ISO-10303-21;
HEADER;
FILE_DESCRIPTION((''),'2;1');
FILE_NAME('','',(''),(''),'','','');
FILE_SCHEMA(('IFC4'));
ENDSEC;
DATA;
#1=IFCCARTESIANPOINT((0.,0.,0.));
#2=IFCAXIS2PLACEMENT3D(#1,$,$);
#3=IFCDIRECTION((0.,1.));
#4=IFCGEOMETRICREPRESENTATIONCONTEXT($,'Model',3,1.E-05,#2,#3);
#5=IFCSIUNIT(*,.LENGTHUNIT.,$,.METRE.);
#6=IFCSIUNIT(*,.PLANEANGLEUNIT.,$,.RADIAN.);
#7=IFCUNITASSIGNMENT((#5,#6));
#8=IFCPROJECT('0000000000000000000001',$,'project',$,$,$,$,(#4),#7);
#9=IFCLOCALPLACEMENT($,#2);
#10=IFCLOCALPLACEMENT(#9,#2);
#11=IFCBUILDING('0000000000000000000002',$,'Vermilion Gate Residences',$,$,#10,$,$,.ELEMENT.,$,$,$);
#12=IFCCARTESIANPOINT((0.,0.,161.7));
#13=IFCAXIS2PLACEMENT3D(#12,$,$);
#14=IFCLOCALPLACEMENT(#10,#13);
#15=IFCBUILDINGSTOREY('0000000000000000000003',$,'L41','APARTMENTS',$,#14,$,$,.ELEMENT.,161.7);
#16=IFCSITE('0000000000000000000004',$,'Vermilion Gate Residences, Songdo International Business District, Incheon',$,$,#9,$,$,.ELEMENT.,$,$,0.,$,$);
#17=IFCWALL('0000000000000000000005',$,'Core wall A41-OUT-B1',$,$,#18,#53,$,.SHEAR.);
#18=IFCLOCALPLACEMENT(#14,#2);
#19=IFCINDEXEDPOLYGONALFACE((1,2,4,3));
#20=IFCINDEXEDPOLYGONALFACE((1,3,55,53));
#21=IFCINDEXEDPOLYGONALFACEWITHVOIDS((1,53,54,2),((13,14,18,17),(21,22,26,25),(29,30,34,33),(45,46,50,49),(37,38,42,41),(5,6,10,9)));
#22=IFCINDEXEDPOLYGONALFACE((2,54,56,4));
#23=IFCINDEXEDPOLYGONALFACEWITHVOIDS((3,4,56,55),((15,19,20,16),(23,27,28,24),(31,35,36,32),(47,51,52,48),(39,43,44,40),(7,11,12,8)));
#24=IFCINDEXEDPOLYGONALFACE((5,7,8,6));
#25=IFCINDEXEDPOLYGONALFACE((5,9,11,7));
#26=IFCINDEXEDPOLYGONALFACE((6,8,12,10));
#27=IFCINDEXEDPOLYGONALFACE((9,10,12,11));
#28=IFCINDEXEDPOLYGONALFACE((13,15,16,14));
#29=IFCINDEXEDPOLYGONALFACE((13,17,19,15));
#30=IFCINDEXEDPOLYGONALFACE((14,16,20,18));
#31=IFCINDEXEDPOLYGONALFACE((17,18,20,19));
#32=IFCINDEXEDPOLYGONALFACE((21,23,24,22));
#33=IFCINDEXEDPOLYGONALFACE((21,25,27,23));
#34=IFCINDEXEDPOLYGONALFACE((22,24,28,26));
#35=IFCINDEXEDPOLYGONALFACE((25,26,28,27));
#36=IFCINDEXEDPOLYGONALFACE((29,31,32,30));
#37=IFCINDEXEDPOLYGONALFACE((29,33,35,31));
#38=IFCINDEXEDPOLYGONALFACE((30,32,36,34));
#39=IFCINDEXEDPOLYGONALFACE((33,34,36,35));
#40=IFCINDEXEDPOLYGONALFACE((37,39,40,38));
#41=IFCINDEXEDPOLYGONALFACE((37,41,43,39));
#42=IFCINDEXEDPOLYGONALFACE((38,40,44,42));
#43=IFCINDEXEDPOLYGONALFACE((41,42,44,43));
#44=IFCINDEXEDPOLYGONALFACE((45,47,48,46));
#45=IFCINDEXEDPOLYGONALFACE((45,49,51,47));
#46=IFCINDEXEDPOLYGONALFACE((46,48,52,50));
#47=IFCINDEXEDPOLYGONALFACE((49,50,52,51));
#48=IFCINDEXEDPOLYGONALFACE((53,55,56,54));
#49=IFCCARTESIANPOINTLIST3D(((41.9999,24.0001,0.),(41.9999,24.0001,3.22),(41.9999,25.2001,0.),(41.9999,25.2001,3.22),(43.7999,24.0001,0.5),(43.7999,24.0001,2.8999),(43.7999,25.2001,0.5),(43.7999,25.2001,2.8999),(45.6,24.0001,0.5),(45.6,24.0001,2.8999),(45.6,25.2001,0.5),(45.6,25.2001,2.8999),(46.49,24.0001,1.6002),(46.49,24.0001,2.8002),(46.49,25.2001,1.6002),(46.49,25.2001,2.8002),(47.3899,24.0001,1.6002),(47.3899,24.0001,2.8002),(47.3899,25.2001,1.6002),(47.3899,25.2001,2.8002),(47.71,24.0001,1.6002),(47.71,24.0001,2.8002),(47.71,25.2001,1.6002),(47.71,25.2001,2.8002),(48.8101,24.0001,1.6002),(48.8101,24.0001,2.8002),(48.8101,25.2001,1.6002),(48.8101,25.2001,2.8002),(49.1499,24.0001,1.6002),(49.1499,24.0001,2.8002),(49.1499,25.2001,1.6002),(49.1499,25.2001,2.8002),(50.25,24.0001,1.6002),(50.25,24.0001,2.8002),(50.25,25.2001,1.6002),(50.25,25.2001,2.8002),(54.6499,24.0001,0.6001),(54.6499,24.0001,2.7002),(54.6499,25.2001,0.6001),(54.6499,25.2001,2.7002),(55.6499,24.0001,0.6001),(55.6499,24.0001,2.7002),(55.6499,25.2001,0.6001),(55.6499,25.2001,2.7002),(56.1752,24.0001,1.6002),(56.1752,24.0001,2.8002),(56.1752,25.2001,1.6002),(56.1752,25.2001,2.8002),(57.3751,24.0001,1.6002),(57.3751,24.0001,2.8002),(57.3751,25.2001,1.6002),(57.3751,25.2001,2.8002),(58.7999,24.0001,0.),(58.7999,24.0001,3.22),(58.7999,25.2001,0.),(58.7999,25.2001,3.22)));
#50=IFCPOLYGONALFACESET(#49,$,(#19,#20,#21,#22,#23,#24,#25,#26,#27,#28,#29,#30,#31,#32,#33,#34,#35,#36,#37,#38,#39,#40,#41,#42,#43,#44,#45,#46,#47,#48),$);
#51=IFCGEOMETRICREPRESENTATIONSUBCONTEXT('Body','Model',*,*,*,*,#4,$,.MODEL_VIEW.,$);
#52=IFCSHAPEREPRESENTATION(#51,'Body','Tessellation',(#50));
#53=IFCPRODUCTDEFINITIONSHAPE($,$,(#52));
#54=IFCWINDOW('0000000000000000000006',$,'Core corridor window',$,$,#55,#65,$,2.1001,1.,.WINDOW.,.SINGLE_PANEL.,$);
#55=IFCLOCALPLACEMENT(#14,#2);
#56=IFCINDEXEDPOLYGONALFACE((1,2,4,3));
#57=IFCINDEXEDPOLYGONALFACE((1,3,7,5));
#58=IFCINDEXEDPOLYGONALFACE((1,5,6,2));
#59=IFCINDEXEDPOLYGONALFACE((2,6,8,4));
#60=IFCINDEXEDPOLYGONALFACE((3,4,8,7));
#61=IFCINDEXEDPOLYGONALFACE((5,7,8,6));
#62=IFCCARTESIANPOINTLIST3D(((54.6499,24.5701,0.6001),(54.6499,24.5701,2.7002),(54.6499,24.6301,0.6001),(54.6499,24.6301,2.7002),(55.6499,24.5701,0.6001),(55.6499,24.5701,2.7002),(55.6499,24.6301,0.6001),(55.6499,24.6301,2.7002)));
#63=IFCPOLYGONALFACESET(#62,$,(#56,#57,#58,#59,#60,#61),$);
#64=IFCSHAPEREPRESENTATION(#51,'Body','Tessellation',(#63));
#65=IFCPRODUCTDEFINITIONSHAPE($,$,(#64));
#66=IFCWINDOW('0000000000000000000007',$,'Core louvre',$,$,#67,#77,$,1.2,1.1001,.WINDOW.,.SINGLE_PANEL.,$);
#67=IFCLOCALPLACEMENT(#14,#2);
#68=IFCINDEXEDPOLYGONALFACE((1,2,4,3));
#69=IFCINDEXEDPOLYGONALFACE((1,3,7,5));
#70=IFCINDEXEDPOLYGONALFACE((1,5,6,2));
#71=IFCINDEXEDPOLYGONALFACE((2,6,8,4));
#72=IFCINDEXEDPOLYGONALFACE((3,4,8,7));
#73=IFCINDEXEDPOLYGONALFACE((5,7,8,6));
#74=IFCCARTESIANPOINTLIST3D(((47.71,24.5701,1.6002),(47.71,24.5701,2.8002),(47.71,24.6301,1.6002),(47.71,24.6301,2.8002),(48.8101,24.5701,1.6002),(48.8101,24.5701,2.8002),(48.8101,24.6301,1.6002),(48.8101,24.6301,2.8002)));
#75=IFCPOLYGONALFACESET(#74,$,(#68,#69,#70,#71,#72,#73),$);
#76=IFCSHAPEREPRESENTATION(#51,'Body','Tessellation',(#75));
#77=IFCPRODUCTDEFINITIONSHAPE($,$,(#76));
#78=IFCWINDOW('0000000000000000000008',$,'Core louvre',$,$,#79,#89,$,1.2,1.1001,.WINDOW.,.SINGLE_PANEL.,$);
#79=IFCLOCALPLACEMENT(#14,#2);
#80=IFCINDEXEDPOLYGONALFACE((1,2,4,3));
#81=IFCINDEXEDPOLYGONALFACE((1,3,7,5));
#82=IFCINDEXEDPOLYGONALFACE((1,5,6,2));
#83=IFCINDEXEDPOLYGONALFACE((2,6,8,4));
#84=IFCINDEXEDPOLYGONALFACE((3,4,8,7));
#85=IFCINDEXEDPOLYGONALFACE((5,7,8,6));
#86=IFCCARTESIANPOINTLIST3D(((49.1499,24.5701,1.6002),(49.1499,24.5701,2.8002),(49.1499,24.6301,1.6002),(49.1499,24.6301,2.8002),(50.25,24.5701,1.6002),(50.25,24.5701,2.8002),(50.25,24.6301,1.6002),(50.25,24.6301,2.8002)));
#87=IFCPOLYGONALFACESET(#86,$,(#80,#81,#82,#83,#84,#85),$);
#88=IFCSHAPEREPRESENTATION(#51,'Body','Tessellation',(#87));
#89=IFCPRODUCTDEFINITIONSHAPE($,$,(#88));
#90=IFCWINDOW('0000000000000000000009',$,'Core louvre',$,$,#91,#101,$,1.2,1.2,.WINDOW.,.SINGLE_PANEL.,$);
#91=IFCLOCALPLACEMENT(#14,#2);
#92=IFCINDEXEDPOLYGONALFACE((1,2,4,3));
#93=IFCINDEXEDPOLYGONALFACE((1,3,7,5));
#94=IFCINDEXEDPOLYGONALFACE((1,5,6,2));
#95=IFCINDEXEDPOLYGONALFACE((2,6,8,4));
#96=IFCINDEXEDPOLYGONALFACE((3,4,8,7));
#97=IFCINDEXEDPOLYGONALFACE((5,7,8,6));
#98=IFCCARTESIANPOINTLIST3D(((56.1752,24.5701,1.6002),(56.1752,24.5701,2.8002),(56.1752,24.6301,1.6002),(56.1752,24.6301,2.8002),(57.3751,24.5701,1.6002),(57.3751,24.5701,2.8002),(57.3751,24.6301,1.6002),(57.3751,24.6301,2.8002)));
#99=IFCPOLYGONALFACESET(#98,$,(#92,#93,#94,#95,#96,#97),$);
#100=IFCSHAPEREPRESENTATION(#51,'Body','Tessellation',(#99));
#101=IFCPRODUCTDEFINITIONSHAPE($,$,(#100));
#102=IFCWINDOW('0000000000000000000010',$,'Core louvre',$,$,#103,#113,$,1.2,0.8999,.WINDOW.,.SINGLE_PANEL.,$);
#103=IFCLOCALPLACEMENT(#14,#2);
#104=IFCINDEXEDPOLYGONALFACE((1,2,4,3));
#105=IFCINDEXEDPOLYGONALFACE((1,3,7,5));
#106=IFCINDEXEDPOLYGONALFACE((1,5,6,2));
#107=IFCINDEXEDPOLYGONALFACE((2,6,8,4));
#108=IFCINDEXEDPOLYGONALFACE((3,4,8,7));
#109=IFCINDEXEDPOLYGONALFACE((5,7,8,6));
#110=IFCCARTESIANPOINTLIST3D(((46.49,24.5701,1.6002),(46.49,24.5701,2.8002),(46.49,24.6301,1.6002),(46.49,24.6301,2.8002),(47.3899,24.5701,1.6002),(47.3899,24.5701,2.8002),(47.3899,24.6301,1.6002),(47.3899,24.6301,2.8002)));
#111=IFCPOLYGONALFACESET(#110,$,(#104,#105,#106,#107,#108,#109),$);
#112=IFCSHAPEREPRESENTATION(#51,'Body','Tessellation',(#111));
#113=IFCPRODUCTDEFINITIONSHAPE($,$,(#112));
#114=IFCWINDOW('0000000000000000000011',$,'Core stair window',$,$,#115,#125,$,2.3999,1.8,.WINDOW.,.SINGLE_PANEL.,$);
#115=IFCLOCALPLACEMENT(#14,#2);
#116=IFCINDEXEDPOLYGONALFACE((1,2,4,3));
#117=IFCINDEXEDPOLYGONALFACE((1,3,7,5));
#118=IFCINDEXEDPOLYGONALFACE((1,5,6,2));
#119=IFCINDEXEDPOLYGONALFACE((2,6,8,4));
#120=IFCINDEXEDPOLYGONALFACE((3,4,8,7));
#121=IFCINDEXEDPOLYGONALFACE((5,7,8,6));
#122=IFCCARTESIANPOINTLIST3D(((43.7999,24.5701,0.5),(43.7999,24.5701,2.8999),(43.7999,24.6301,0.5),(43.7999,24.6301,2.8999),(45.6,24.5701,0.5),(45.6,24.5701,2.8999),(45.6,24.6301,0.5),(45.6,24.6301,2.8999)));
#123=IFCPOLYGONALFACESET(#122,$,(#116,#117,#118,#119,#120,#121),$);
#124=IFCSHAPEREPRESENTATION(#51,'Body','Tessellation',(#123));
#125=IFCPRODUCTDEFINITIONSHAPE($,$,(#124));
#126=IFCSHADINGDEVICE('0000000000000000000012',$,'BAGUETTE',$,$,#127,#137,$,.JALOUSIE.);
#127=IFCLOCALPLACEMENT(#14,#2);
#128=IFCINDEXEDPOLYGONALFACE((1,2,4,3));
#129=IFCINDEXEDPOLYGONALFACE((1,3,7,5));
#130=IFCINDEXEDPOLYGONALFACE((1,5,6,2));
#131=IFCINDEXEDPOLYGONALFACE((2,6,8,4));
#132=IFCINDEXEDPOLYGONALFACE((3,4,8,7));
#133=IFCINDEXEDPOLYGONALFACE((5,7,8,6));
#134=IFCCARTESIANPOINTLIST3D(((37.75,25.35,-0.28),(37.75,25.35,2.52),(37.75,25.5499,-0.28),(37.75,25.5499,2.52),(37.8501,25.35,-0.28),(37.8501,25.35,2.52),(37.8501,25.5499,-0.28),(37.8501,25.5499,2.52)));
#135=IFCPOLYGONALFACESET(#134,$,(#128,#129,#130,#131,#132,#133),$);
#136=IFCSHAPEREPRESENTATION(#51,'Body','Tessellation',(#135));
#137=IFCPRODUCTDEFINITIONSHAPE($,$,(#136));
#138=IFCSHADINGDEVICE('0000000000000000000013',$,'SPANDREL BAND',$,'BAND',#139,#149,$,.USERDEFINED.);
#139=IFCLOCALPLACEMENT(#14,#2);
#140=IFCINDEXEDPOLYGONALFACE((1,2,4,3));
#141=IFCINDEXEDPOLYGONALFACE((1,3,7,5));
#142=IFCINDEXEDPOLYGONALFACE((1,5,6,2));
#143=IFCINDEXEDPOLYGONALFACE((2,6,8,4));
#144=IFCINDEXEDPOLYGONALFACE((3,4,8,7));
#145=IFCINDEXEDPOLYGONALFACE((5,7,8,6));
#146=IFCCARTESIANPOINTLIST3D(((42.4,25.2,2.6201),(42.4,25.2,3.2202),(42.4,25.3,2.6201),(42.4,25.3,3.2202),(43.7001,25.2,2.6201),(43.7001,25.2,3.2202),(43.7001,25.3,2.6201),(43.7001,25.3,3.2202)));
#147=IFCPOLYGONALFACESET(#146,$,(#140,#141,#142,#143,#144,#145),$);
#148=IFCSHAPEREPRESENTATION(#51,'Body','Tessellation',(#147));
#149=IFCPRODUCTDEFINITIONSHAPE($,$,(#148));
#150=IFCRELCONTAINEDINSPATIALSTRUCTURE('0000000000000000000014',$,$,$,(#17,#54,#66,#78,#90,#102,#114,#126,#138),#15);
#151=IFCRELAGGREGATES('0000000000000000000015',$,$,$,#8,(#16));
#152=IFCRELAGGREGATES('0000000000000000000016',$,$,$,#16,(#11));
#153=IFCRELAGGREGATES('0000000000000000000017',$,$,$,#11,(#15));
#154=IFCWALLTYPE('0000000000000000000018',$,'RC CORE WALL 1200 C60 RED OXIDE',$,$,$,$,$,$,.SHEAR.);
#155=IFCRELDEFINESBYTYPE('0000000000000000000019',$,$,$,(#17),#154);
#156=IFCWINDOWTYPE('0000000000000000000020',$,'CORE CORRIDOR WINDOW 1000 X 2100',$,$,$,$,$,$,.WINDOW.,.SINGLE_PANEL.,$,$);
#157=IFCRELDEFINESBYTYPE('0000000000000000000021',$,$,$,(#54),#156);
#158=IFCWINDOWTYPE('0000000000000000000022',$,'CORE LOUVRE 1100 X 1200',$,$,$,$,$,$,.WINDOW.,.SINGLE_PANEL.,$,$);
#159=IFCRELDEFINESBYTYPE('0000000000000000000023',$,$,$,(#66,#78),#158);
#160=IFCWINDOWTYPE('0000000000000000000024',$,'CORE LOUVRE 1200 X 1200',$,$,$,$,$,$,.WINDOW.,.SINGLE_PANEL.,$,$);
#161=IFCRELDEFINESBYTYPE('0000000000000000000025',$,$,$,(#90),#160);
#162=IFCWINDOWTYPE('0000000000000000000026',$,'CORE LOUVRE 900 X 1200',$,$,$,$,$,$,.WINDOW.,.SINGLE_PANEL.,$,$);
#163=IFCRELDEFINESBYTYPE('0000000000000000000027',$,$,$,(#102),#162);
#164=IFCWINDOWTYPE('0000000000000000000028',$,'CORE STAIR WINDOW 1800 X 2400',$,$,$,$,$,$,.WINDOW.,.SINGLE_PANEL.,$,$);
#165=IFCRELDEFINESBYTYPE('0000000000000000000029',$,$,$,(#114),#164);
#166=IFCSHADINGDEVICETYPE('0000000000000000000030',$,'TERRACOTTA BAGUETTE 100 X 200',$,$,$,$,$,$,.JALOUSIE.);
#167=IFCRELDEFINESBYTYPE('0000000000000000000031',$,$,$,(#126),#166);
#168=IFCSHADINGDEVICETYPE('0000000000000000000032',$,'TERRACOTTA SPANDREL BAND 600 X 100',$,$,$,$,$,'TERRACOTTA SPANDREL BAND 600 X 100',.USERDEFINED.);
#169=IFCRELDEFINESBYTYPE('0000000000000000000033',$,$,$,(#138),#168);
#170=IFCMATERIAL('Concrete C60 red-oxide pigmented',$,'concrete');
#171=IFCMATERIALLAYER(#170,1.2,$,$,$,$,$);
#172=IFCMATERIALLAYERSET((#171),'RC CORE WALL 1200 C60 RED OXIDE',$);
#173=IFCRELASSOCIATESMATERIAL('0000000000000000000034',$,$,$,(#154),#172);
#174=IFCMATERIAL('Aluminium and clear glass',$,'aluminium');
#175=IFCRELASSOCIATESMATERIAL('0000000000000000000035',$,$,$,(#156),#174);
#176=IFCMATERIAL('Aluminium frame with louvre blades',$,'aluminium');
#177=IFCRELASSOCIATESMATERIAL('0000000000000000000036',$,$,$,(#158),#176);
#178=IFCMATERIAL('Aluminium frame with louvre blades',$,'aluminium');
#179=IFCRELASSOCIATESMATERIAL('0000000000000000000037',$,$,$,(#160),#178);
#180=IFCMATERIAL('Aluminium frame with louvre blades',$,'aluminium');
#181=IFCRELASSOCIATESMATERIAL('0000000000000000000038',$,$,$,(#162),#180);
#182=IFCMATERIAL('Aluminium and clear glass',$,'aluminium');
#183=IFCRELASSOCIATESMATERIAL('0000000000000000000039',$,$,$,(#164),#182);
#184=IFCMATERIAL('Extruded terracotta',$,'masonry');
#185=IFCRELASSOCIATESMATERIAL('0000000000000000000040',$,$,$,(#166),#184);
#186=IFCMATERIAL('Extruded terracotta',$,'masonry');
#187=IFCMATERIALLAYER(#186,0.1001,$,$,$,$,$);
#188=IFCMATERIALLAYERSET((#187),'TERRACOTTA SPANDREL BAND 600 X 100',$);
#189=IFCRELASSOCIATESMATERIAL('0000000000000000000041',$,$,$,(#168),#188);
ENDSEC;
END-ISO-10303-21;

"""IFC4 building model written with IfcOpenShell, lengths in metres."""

from ifc_helpers import new_model, si_unit, direction, frame, frame_2d, origin, origin_2d, place, context, subcontext, project, spatial, rectangle, extrude, material, layer, layer_set, material_profile, profile_set, type_object, element, fill, save


model = new_model("IFC4")

# Units and contexts
model_context = context("Model", 3, precision=1e-05, world=origin(), true_north=direction((0.0, 1.0)))
body_context = subcontext(model_context, "Body", "Model", "MODEL_VIEW")
ifc_project = project(units=[si_unit("LENGTHUNIT", "METRE"), si_unit("PLANEANGLEUNIT", "RADIAN")], contexts=[model_context])

# Site, building, storey
site_placement = place(None, origin())
site = spatial("IfcSite", under=ifc_project, at=site_placement, Name="Vermilion Gate Residences, Songdo International Business District, Incheon", CompositionType="ELEMENT", RefElevation=0.0)
building_placement = place(site_placement, origin())
building = spatial("IfcBuilding", under=site, at=building_placement, Name="Vermilion Gate Residences", CompositionType="ELEMENT")
storey_placement = place(building_placement, frame((0.0, 0.0, 161.7)))
storey = spatial("IfcBuildingStorey", under=building, at=storey_placement, Name="L41", Description="APARTMENTS", CompositionType="ELEMENT", Elevation=161.7)

# Wall, openings, windows
ifc_material_1 = material(Name="Concrete C60 red-oxide pigmented", Category="concrete")
ifc_layer_1 = layer(ifc_material_1, 1.2)
ifc_layer_set_1 = layer_set([ifc_layer_1], Name="RC CORE WALL 1200 C60 RED OXIDE")
wall_type_1 = type_object("IfcWallType", Name="RC CORE WALL 1200 C60 RED OXIDE", PredefinedType="SHEAR", material=ifc_layer_set_1)
wall_1_placement = place(storey_placement, frame((42.0, 24.6001, 0.0), z_axis=(0.0, 0.0, 1.0), x_axis=(1.0, 0.0, 0.0)))
wall_1 = element("IfcWall", 1, at=wall_1_placement, inside=storey, type_object=wall_type_1, Name="Core wall A41-OUT-B1", PredefinedType="SHEAR", context=body_context, shape_type="SweptSolid", body=[
    extrude(rectangle(XDim=16.8, YDim=1.2, at=frame_2d((8.3999, 0.0))), origin(), (0.0, 0.0, 1.0), 3.22),
])
opening_1_placement = place(wall_1_placement, frame((1.8, 0.0, 0.5)))
opening_1 = element("IfcOpeningElement", 2, at=opening_1_placement, cuts=wall_1, PredefinedType="OPENING", context=body_context, shape_type="SweptSolid", body=[
    extrude(rectangle(XDim=1.8, YDim=2.3999, at=frame_2d((0.8999, 1.2))), frame((0.0, 0.6099, 0.0), z_axis=(0.0, -1.0, 0.0), x_axis=(1.0, 0.0, 0.0)), (0.0, 0.0, 1.0), 1.22),
])
opening_2_placement = place(wall_1_placement, frame((4.49, 0.0, 1.6001)))
opening_2 = element("IfcOpeningElement", 3, at=opening_2_placement, cuts=wall_1, PredefinedType="OPENING", context=body_context, shape_type="SweptSolid", body=[
    extrude(rectangle(XDim=0.8999, YDim=1.2, at=frame_2d((0.45, 0.6001))), frame((0.0, 0.6099, 0.0), z_axis=(0.0, -1.0, 0.0), x_axis=(1.0, 0.0, 0.0)), (0.0, 0.0, 1.0), 1.22),
])
opening_3_placement = place(wall_1_placement, frame((5.71, 0.0, 1.6001)))
opening_3 = element("IfcOpeningElement", 4, at=opening_3_placement, cuts=wall_1, PredefinedType="OPENING", context=body_context, shape_type="SweptSolid", body=[
    extrude(rectangle(XDim=1.1001, YDim=1.2, at=frame_2d((0.55, 0.6001))), frame((0.0, 0.6099, 0.0), z_axis=(0.0, -1.0, 0.0), x_axis=(1.0, 0.0, 0.0)), (0.0, 0.0, 1.0), 1.22),
])
opening_4_placement = place(wall_1_placement, frame((7.1499, 0.0, 1.6001)))
opening_4 = element("IfcOpeningElement", 5, at=opening_4_placement, cuts=wall_1, PredefinedType="OPENING", context=body_context, shape_type="SweptSolid", body=[
    extrude(rectangle(XDim=1.1001, YDim=1.2, at=frame_2d((0.55, 0.6001))), frame((0.0, 0.6099, 0.0), z_axis=(0.0, -1.0, 0.0), x_axis=(1.0, 0.0, 0.0)), (0.0, 0.0, 1.0), 1.22),
])
opening_5_placement = place(wall_1_placement, frame((12.6499, 0.0, 0.6001)))
opening_5 = element("IfcOpeningElement", 6, at=opening_5_placement, cuts=wall_1, PredefinedType="OPENING", context=body_context, shape_type="SweptSolid", body=[
    extrude(rectangle(XDim=1.0, YDim=2.1001, at=frame_2d((0.5, 1.05))), frame((0.0, 0.6099, 0.0), z_axis=(0.0, -1.0, 0.0), x_axis=(1.0, 0.0, 0.0)), (0.0, 0.0, 1.0), 1.22),
])
opening_6_placement = place(wall_1_placement, frame((14.175, 0.0, 1.6001)))
opening_6 = element("IfcOpeningElement", 7, at=opening_6_placement, cuts=wall_1, PredefinedType="OPENING", context=body_context, shape_type="SweptSolid", body=[
    extrude(rectangle(XDim=1.2, YDim=1.2, at=frame_2d((0.6001, 0.6001))), frame((0.0, 0.6099, 0.0), z_axis=(0.0, -1.0, 0.0), x_axis=(1.0, 0.0, 0.0)), (0.0, 0.0, 1.0), 1.22),
])
ifc_material_2 = material(Name="Aluminium and clear glass", Category="aluminium")
window_type_1 = type_object("IfcWindowType", Name="CORE CORRIDOR WINDOW 1000 X 2100", PartitioningType="SINGLE_PANEL", PredefinedType="WINDOW", material=ifc_material_2)
window_1_placement = place(opening_5_placement, origin())
window_1 = element("IfcWindow", 8, at=window_1_placement, inside=storey, type_object=window_type_1, Name="Core corridor window", OverallHeight=2.1001, OverallWidth=1.0, PartitioningType="SINGLE_PANEL", PredefinedType="WINDOW", context=body_context, shape_type="SweptSolid", body=[
    extrude(rectangle(XDim=1.0, YDim=2.1001, at=frame_2d((0.5, 1.05))), frame((0.0, 0.03, 0.0), z_axis=(0.0, -1.0, 0.0), x_axis=(1.0, 0.0, 0.0)), (0.0, 0.0, 1.0), 0.0601),
])
fill(opening_5, window_1)
ifc_material_3 = material(Name="Aluminium frame with louvre blades", Category="aluminium")
window_type_2 = type_object("IfcWindowType", Name="CORE LOUVRE 1100 X 1200", PartitioningType="SINGLE_PANEL", PredefinedType="WINDOW", material=ifc_material_3)
window_2_placement = place(opening_3_placement, origin())
window_2 = element("IfcWindow", 9, at=window_2_placement, inside=storey, type_object=window_type_2, Name="Core louvre", OverallHeight=1.2, OverallWidth=1.1001, PartitioningType="SINGLE_PANEL", PredefinedType="WINDOW", context=body_context, shape_type="SweptSolid", body=[
    extrude(rectangle(XDim=1.1001, YDim=1.2, at=frame_2d((0.55, 0.6001))), frame((0.0, 0.03, 0.0), z_axis=(0.0, -1.0, 0.0), x_axis=(1.0, 0.0, 0.0)), (0.0, 0.0, 1.0), 0.0601),
])
fill(opening_3, window_2)
window_3_placement = place(opening_4_placement, origin())
window_3 = element("IfcWindow", 10, at=window_3_placement, inside=storey, type_object=window_type_2, Name="Core louvre", OverallHeight=1.2, OverallWidth=1.1001, PartitioningType="SINGLE_PANEL", PredefinedType="WINDOW", context=body_context, shape_type="SweptSolid", body=[
    extrude(rectangle(XDim=1.1001, YDim=1.2, at=frame_2d((0.55, 0.6001))), frame((0.0, 0.03, 0.0), z_axis=(0.0, -1.0, 0.0), x_axis=(1.0, 0.0, 0.0)), (0.0, 0.0, 1.0), 0.0601),
])
fill(opening_4, window_3)
ifc_material_4 = material(Name="Aluminium frame with louvre blades", Category="aluminium")
window_type_3 = type_object("IfcWindowType", Name="CORE LOUVRE 1200 X 1200", PartitioningType="SINGLE_PANEL", PredefinedType="WINDOW", material=ifc_material_4)
window_4_placement = place(opening_6_placement, origin())
window_4 = element("IfcWindow", 11, at=window_4_placement, inside=storey, type_object=window_type_3, Name="Core louvre", OverallHeight=1.2, OverallWidth=1.2, PartitioningType="SINGLE_PANEL", PredefinedType="WINDOW", context=body_context, shape_type="SweptSolid", body=[
    extrude(rectangle(XDim=1.2, YDim=1.2, at=frame_2d((0.6001, 0.6001))), frame((0.0, 0.03, 0.0), z_axis=(0.0, -1.0, 0.0), x_axis=(1.0, 0.0, 0.0)), (0.0, 0.0, 1.0), 0.0601),
])
fill(opening_6, window_4)
ifc_material_5 = material(Name="Aluminium frame with louvre blades", Category="aluminium")
window_type_4 = type_object("IfcWindowType", Name="CORE LOUVRE 900 X 1200", PartitioningType="SINGLE_PANEL", PredefinedType="WINDOW", material=ifc_material_5)
window_5_placement = place(opening_2_placement, origin())
window_5 = element("IfcWindow", 12, at=window_5_placement, inside=storey, type_object=window_type_4, Name="Core louvre", OverallHeight=1.2, OverallWidth=0.8999, PartitioningType="SINGLE_PANEL", PredefinedType="WINDOW", context=body_context, shape_type="SweptSolid", body=[
    extrude(rectangle(XDim=0.8999, YDim=1.2, at=frame_2d((0.45, 0.6001))), frame((0.0, 0.03, 0.0), z_axis=(0.0, -1.0, 0.0), x_axis=(1.0, 0.0, 0.0)), (0.0, 0.0, 1.0), 0.0601),
])
fill(opening_2, window_5)
ifc_material_6 = material(Name="Aluminium and clear glass", Category="aluminium")
window_type_5 = type_object("IfcWindowType", Name="CORE STAIR WINDOW 1800 X 2400", PartitioningType="SINGLE_PANEL", PredefinedType="WINDOW", material=ifc_material_6)
window_6_placement = place(opening_1_placement, origin())
window_6 = element("IfcWindow", 13, at=window_6_placement, inside=storey, type_object=window_type_5, Name="Core stair window", OverallHeight=2.3999, OverallWidth=1.8, PartitioningType="SINGLE_PANEL", PredefinedType="WINDOW", context=body_context, shape_type="SweptSolid", body=[
    extrude(rectangle(XDim=1.8, YDim=2.3999, at=frame_2d((0.8999, 1.2))), frame((0.0, 0.03, 0.0), z_axis=(0.0, -1.0, 0.0), x_axis=(1.0, 0.0, 0.0)), (0.0, 0.0, 1.0), 0.0601),
])
fill(opening_1, window_6)

# Shading devices
ifc_material_7 = material(Name="Extruded terracotta", Category="masonry")
ifc_material_profile_1 = material_profile(ifc_material_7, rectangle(XDim=0.2, YDim=0.1001, at=origin_2d()), Name="BAGUETTE 100 X 200")
ifc_profile_set_1 = profile_set([ifc_material_profile_1], Name="Extruded terracotta")
shading_device_type_1 = type_object("IfcShadingDeviceType", Name="TERRACOTTA BAGUETTE 100 X 200", PredefinedType="JALOUSIE", material=ifc_profile_set_1)
shading_device_1_placement = place(storey_placement, frame((37.8, 25.45, -0.28), z_axis=(0.0, 0.0, 1.0), x_axis=(0.0, -1.0, 0.0)))
element("IfcShadingDevice", 14, at=shading_device_1_placement, inside=storey, type_object=shading_device_type_1, Name="BAGUETTE", PredefinedType="JALOUSIE", context=body_context, shape_type="SweptSolid", body=[
    extrude(rectangle(XDim=0.2, YDim=0.1001, at=origin_2d()), origin(), (0.0, 0.0, 1.0), 2.8),
])
ifc_material_8 = material(Name="Extruded terracotta", Category="masonry")
ifc_layer_2 = layer(ifc_material_8, 0.1001)
ifc_layer_set_2 = layer_set([ifc_layer_2], Name="TERRACOTTA SPANDREL BAND 600 X 100")
shading_device_type_2 = type_object("IfcShadingDeviceType", Name="TERRACOTTA SPANDREL BAND 600 X 100", ElementType="TERRACOTTA SPANDREL BAND 600 X 100", PredefinedType="USERDEFINED", material=ifc_layer_set_2)
shading_device_2_placement = place(storey_placement, frame((43.05, 25.25, 2.6201), z_axis=(0.0, 0.0, 1.0), x_axis=(1.0, 0.0, 0.0)))
element("IfcShadingDevice", 15, at=shading_device_2_placement, inside=storey, type_object=shading_device_type_2, Name="SPANDREL BAND", ObjectType="BAND", PredefinedType="USERDEFINED", context=body_context, shape_type="SweptSolid", body=[
    extrude(rectangle(XDim=1.3, YDim=0.1001, at=origin_2d()), origin(), (0.0, 0.0, 1.0), 0.6001),
])

save(model, "model.ifc")
